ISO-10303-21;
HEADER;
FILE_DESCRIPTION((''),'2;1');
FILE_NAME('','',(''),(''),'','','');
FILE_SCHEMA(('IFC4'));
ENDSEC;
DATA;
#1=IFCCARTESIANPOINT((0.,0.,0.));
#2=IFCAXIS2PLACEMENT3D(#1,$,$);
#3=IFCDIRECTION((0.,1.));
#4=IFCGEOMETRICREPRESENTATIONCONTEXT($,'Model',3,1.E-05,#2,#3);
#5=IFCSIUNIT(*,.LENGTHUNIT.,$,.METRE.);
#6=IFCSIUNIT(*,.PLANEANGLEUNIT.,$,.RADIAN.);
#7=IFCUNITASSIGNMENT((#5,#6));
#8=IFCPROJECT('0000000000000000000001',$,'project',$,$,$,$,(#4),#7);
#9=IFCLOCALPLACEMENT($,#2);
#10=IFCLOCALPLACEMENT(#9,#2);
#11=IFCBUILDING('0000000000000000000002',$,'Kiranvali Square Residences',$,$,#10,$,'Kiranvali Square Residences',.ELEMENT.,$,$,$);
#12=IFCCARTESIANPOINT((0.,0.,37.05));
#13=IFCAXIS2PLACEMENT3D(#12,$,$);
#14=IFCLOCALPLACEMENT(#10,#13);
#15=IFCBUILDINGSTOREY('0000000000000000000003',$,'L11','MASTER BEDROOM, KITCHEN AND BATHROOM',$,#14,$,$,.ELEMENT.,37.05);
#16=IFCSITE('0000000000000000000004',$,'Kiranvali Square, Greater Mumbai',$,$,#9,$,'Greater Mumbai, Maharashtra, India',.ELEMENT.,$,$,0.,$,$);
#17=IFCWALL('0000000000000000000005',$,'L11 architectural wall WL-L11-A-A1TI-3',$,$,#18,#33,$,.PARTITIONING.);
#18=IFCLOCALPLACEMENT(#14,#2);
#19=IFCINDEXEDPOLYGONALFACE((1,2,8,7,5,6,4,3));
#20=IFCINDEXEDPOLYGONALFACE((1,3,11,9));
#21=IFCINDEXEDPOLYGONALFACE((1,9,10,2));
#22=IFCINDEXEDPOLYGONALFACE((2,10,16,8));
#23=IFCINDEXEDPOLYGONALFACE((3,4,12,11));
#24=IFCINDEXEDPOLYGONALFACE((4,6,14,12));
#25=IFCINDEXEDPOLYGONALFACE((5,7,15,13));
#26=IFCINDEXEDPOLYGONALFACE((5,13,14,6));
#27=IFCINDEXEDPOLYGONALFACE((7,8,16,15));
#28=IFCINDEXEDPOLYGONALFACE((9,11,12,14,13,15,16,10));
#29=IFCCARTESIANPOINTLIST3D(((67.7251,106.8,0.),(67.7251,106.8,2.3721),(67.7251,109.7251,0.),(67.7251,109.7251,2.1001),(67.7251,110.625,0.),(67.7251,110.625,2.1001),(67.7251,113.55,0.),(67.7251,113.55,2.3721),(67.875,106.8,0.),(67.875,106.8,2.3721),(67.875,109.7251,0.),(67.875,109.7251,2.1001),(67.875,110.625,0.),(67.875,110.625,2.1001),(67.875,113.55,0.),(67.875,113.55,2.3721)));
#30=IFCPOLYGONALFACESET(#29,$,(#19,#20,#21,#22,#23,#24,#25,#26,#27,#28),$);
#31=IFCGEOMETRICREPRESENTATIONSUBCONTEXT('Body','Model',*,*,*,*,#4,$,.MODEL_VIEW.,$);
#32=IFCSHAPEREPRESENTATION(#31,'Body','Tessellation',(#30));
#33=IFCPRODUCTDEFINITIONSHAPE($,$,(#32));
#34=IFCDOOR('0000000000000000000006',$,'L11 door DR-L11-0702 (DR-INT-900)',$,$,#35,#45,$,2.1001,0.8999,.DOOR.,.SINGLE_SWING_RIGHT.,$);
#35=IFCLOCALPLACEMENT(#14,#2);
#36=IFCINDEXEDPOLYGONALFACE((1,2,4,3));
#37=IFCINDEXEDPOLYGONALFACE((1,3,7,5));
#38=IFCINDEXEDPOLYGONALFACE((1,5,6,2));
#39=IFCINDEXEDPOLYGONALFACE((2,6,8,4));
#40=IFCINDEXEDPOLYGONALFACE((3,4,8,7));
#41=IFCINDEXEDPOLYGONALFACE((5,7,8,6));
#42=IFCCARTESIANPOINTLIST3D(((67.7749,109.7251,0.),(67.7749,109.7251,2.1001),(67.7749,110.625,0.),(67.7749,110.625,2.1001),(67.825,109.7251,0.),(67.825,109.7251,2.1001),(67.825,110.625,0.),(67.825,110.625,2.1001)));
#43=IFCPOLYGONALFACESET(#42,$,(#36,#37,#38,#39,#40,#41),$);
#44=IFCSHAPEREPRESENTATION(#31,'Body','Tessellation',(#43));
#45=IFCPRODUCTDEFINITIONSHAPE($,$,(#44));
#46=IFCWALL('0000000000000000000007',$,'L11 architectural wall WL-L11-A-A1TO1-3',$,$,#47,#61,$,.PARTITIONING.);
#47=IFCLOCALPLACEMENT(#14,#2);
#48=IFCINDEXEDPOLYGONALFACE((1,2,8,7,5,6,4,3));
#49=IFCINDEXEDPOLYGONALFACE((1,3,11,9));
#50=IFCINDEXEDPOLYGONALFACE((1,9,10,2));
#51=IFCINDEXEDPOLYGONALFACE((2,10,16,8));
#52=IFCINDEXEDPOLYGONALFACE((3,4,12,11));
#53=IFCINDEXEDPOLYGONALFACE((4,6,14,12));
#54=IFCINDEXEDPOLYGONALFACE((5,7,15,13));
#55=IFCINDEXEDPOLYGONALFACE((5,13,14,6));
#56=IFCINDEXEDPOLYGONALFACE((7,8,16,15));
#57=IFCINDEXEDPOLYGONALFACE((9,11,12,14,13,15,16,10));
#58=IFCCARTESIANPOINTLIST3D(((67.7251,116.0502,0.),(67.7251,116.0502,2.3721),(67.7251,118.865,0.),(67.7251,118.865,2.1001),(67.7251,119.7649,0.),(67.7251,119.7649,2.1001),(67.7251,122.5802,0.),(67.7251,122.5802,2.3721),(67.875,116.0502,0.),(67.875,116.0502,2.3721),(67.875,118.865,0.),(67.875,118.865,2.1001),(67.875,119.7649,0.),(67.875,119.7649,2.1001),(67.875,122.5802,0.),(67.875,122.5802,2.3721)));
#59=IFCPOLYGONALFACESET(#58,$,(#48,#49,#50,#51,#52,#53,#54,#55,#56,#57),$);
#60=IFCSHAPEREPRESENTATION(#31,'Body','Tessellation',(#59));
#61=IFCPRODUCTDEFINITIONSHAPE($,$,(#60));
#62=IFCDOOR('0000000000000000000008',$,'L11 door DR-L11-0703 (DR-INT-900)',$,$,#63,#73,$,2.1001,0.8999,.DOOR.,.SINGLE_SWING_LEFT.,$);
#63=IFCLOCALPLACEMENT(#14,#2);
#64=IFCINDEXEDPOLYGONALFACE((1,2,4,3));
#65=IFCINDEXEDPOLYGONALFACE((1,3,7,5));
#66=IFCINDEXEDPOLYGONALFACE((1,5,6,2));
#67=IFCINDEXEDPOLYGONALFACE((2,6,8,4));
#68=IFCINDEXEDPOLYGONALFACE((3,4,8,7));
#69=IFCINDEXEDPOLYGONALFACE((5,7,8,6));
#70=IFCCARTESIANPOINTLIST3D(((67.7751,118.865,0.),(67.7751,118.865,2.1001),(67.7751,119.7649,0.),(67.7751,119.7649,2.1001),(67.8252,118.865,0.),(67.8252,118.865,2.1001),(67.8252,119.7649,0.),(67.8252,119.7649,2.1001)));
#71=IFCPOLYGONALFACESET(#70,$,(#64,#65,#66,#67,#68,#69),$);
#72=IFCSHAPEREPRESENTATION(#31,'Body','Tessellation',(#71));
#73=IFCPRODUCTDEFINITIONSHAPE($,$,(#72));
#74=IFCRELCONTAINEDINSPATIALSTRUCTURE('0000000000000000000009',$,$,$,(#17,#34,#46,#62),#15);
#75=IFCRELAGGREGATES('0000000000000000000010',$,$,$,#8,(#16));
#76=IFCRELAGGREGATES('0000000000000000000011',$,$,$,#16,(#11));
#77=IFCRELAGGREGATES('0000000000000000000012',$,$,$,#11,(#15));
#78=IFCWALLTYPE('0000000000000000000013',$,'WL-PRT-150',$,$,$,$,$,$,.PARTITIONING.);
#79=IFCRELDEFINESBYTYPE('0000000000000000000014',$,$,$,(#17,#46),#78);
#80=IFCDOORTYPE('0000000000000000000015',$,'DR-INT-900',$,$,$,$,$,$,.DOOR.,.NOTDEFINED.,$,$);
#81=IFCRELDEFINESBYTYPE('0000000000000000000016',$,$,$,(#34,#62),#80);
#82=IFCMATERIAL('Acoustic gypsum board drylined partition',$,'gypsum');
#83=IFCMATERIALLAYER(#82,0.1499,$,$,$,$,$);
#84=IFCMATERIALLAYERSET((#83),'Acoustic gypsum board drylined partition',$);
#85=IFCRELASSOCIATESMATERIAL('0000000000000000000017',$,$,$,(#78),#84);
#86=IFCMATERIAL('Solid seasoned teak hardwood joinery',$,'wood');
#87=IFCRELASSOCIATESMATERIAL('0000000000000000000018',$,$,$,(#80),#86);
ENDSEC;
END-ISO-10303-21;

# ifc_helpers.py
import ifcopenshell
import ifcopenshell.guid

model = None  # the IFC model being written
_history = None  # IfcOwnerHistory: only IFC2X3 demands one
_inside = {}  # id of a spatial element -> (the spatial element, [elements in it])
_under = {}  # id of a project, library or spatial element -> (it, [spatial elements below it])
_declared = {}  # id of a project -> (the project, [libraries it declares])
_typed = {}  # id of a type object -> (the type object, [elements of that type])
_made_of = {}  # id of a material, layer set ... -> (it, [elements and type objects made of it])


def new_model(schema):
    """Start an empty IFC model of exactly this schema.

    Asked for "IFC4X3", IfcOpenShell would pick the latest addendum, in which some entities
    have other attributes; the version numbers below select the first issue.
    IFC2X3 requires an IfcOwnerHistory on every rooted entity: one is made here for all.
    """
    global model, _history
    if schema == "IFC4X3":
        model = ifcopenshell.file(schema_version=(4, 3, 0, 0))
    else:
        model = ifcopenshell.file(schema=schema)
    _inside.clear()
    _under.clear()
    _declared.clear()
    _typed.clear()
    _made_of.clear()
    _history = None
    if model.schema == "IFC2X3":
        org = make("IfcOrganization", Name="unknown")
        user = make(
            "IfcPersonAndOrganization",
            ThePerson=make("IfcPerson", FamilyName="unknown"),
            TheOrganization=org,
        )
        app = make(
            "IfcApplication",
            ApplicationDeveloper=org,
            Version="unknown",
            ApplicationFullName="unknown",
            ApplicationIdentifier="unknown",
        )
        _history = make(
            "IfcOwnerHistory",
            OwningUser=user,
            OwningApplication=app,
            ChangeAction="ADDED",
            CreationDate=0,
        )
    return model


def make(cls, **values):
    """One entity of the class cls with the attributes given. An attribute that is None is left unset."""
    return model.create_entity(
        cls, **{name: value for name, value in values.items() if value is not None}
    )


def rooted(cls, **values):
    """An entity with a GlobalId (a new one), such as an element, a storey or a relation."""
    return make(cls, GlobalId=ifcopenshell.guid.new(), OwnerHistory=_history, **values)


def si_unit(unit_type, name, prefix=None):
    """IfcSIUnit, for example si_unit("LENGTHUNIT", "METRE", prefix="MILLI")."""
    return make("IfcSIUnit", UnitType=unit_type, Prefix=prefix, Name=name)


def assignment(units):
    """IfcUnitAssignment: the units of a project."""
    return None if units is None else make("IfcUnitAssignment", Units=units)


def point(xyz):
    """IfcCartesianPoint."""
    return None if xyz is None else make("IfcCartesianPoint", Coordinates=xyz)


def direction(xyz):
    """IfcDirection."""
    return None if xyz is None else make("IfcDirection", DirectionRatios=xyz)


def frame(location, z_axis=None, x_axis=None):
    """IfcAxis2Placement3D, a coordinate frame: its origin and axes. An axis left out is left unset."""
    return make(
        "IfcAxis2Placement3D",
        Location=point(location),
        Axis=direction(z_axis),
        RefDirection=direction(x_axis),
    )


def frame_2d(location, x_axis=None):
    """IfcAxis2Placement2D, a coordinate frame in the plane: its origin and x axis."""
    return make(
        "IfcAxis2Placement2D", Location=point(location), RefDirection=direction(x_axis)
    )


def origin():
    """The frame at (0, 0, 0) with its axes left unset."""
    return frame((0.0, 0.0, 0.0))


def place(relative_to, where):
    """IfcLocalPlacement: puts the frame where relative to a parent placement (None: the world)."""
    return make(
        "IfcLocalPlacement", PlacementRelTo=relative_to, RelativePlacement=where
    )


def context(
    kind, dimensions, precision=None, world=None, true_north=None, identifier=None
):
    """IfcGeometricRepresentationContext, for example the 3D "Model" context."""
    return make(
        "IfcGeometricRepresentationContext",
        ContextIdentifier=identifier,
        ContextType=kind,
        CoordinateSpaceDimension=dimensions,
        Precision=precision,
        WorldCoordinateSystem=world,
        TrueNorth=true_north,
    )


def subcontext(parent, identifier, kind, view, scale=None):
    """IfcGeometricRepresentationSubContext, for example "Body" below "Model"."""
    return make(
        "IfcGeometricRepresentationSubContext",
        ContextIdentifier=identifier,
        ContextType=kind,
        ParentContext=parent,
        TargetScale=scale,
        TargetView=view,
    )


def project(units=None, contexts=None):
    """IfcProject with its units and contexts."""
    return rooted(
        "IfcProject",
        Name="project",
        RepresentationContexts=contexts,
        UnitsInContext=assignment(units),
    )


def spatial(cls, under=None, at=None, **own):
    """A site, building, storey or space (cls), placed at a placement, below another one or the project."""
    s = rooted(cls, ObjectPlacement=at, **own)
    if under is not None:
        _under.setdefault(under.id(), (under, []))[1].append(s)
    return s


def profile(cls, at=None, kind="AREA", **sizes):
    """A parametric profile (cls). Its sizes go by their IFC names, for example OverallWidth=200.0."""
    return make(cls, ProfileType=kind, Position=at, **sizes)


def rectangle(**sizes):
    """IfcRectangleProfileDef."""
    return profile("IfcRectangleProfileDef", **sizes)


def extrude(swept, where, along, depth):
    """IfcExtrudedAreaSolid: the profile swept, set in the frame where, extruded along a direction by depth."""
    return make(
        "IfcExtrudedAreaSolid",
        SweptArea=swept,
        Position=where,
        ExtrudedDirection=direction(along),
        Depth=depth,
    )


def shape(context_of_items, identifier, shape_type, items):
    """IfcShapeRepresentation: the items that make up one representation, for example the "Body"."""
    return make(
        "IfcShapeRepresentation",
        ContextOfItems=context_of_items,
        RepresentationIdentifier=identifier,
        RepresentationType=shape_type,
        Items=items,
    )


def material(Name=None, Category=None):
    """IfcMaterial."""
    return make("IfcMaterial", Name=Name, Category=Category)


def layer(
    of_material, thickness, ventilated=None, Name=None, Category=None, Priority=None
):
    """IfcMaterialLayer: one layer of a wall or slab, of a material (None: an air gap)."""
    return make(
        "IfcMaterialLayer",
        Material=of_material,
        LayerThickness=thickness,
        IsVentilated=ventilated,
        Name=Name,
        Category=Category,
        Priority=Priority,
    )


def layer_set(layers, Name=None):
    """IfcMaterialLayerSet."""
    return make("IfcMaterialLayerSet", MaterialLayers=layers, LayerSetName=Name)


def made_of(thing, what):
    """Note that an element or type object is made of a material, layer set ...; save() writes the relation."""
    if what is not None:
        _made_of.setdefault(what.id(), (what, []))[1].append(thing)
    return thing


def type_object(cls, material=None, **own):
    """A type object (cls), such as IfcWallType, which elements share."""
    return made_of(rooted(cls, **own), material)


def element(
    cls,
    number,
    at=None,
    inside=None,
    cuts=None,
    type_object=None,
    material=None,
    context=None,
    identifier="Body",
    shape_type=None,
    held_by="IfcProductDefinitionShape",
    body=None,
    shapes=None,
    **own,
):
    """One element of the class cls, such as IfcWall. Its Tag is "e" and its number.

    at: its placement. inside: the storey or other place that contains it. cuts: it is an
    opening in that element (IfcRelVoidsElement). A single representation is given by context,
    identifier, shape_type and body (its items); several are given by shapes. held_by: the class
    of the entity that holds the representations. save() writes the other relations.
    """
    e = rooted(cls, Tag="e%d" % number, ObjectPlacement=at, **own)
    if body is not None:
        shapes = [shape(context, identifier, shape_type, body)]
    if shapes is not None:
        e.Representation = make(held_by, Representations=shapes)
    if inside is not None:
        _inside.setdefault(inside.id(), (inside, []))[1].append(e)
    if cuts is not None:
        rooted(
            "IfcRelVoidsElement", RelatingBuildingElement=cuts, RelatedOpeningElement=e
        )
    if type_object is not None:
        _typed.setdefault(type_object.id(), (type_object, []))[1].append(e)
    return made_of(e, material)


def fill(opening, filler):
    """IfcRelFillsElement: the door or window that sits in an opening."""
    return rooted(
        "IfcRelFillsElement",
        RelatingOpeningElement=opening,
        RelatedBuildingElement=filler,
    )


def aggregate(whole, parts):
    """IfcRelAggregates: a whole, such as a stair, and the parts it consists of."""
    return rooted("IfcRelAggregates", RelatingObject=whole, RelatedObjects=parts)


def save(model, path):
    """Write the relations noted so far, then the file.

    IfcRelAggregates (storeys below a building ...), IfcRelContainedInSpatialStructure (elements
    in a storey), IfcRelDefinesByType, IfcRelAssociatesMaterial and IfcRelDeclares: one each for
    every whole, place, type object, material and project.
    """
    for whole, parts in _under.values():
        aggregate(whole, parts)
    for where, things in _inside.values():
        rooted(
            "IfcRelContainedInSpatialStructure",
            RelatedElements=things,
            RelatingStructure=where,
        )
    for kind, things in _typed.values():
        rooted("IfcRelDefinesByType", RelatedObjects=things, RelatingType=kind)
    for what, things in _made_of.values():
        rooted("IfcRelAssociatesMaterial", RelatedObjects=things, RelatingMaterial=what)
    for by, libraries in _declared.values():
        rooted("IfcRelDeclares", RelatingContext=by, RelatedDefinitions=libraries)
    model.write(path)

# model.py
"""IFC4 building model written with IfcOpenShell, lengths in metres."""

from ifc_helpers import new_model, si_unit, direction, frame, frame_2d, origin, place, context, subcontext, project, spatial, rectangle, extrude, material, layer, layer_set, type_object, element, fill, save


model = new_model("IFC4")

# Units and contexts
model_context = context("Model", 3, precision=1e-05, world=origin(), true_north=direction((0.0, 1.0)))
body_context = subcontext(model_context, "Body", "Model", "MODEL_VIEW")
ifc_project = project(units=[si_unit("LENGTHUNIT", "METRE"), si_unit("PLANEANGLEUNIT", "RADIAN")], contexts=[model_context])

# Site, building, storey
site_placement = place(None, origin())
site = spatial("IfcSite", under=ifc_project, at=site_placement, Name="Kiranvali Square, Greater Mumbai", LongName="Greater Mumbai, Maharashtra, India", CompositionType="ELEMENT", RefElevation=0.0)
building_placement = place(site_placement, origin())
building = spatial("IfcBuilding", under=site, at=building_placement, Name="Kiranvali Square Residences", LongName="Kiranvali Square Residences", CompositionType="ELEMENT")
storey_placement = place(building_placement, frame((0.0, 0.0, 37.05)))
storey = spatial("IfcBuildingStorey", under=building, at=storey_placement, Name="L11", Description="MASTER BEDROOM, KITCHEN AND BATHROOM", CompositionType="ELEMENT", Elevation=37.05)

# Walls, openings, doors
ifc_material_1 = material(Name="Acoustic gypsum board drylined partition", Category="gypsum")
ifc_layer_1 = layer(ifc_material_1, 0.1499)
ifc_layer_set_1 = layer_set([ifc_layer_1], Name="Acoustic gypsum board drylined partition")
wall_type_1 = type_object("IfcWallType", Name="WL-PRT-150", PredefinedType="PARTITIONING", material=ifc_layer_set_1)
wall_1_placement = place(storey_placement, frame((67.8, 106.8, 0.0), z_axis=(0.0, 0.0, 1.0), x_axis=(0.0, 1.0, 0.0)))
wall_1 = element("IfcWall", 1, at=wall_1_placement, inside=storey, type_object=wall_type_1, Name="L11 architectural wall WL-L11-A-A1TI-3", PredefinedType="PARTITIONING", context=body_context, shape_type="SweptSolid", body=[
    extrude(rectangle(XDim=6.75, YDim=0.1499, at=frame_2d((3.375, 0.0))), origin(), (0.0, 0.0, 1.0), 2.3721),
])
opening_1_placement = place(wall_1_placement, frame((2.925, 0.0, 0.0)))
opening_1 = element("IfcOpeningElement", 2, at=opening_1_placement, cuts=wall_1, PredefinedType="OPENING", context=body_context, shape_type="SweptSolid", body=[
    extrude(rectangle(XDim=0.8999, YDim=2.1001, at=frame_2d((0.45, 1.05))), frame((0.0, 0.085, 0.0), z_axis=(0.0, -1.0, 0.0), x_axis=(1.0, 0.0, 0.0)), (0.0, 0.0, 1.0), 0.1699),
])
ifc_material_2 = material(Name="Solid seasoned teak hardwood joinery", Category="wood")
door_type_1 = type_object("IfcDoorType", Name="DR-INT-900", OperationType="NOTDEFINED", PredefinedType="DOOR", material=ifc_material_2)
door_1_placement = place(opening_1_placement, frame((0.8999, 0.0, 0.0), z_axis=(0.0, 0.0, 1.0), x_axis=(-1.0, 0.0, 0.0)))
door_1 = element("IfcDoor", 3, at=door_1_placement, inside=storey, type_object=door_type_1, Name="L11 door DR-L11-0702 (DR-INT-900)", OperationType="SINGLE_SWING_RIGHT", OverallHeight=2.1001, OverallWidth=0.8999, PredefinedType="DOOR", context=body_context, shape_type="SweptSolid", body=[
    extrude(rectangle(XDim=0.8999, YDim=2.1001, at=frame_2d((0.45, 1.05))), frame((0.0, 0.0249, 0.0), z_axis=(0.0, -1.0, 0.0), x_axis=(1.0, 0.0, 0.0)), (0.0, 0.0, 1.0), 0.05),
])
fill(opening_1, door_1)
wall_2_placement = place(storey_placement, frame((67.8, 116.05, 0.0), z_axis=(0.0, 0.0, 1.0), x_axis=(0.0, 1.0, 0.0)))
wall_2 = element("IfcWall", 4, at=wall_2_placement, inside=storey, type_object=wall_type_1, Name="L11 architectural wall WL-L11-A-A1TO1-3", PredefinedType="PARTITIONING", context=body_context, shape_type="SweptSolid", body=[
    extrude(rectangle(XDim=6.53, YDim=0.1499, at=frame_2d((3.2651, 0.0))), origin(), (0.0, 0.0, 1.0), 2.3721),
])
opening_2_placement = place(wall_2_placement, frame((2.8149, 0.0, 0.0)))
opening_2 = element("IfcOpeningElement", 5, at=opening_2_placement, cuts=wall_2, PredefinedType="OPENING", context=body_context, shape_type="SweptSolid", body=[
    extrude(rectangle(XDim=0.8999, YDim=2.1001, at=frame_2d((0.45, 1.05))), frame((0.0, 0.085, 0.0), z_axis=(0.0, -1.0, 0.0), x_axis=(1.0, 0.0, 0.0)), (0.0, 0.0, 1.0), 0.1699),
])
door_2_placement = place(opening_2_placement, origin())
door_2 = element("IfcDoor", 6, at=door_2_placement, inside=storey, type_object=door_type_1, Name="L11 door DR-L11-0703 (DR-INT-900)", OperationType="SINGLE_SWING_LEFT", OverallHeight=2.1001, OverallWidth=0.8999, PredefinedType="DOOR", context=body_context, shape_type="SweptSolid", body=[
    extrude(rectangle(XDim=0.8999, YDim=2.1001, at=frame_2d((0.45, 1.05))), frame((0.0, 0.0249, 0.0), z_axis=(0.0, -1.0, 0.0), x_axis=(1.0, 0.0, 0.0)), (0.0, 0.0, 1.0), 0.05),
])
fill(opening_2, door_2)

save(model, "model.ifc")
